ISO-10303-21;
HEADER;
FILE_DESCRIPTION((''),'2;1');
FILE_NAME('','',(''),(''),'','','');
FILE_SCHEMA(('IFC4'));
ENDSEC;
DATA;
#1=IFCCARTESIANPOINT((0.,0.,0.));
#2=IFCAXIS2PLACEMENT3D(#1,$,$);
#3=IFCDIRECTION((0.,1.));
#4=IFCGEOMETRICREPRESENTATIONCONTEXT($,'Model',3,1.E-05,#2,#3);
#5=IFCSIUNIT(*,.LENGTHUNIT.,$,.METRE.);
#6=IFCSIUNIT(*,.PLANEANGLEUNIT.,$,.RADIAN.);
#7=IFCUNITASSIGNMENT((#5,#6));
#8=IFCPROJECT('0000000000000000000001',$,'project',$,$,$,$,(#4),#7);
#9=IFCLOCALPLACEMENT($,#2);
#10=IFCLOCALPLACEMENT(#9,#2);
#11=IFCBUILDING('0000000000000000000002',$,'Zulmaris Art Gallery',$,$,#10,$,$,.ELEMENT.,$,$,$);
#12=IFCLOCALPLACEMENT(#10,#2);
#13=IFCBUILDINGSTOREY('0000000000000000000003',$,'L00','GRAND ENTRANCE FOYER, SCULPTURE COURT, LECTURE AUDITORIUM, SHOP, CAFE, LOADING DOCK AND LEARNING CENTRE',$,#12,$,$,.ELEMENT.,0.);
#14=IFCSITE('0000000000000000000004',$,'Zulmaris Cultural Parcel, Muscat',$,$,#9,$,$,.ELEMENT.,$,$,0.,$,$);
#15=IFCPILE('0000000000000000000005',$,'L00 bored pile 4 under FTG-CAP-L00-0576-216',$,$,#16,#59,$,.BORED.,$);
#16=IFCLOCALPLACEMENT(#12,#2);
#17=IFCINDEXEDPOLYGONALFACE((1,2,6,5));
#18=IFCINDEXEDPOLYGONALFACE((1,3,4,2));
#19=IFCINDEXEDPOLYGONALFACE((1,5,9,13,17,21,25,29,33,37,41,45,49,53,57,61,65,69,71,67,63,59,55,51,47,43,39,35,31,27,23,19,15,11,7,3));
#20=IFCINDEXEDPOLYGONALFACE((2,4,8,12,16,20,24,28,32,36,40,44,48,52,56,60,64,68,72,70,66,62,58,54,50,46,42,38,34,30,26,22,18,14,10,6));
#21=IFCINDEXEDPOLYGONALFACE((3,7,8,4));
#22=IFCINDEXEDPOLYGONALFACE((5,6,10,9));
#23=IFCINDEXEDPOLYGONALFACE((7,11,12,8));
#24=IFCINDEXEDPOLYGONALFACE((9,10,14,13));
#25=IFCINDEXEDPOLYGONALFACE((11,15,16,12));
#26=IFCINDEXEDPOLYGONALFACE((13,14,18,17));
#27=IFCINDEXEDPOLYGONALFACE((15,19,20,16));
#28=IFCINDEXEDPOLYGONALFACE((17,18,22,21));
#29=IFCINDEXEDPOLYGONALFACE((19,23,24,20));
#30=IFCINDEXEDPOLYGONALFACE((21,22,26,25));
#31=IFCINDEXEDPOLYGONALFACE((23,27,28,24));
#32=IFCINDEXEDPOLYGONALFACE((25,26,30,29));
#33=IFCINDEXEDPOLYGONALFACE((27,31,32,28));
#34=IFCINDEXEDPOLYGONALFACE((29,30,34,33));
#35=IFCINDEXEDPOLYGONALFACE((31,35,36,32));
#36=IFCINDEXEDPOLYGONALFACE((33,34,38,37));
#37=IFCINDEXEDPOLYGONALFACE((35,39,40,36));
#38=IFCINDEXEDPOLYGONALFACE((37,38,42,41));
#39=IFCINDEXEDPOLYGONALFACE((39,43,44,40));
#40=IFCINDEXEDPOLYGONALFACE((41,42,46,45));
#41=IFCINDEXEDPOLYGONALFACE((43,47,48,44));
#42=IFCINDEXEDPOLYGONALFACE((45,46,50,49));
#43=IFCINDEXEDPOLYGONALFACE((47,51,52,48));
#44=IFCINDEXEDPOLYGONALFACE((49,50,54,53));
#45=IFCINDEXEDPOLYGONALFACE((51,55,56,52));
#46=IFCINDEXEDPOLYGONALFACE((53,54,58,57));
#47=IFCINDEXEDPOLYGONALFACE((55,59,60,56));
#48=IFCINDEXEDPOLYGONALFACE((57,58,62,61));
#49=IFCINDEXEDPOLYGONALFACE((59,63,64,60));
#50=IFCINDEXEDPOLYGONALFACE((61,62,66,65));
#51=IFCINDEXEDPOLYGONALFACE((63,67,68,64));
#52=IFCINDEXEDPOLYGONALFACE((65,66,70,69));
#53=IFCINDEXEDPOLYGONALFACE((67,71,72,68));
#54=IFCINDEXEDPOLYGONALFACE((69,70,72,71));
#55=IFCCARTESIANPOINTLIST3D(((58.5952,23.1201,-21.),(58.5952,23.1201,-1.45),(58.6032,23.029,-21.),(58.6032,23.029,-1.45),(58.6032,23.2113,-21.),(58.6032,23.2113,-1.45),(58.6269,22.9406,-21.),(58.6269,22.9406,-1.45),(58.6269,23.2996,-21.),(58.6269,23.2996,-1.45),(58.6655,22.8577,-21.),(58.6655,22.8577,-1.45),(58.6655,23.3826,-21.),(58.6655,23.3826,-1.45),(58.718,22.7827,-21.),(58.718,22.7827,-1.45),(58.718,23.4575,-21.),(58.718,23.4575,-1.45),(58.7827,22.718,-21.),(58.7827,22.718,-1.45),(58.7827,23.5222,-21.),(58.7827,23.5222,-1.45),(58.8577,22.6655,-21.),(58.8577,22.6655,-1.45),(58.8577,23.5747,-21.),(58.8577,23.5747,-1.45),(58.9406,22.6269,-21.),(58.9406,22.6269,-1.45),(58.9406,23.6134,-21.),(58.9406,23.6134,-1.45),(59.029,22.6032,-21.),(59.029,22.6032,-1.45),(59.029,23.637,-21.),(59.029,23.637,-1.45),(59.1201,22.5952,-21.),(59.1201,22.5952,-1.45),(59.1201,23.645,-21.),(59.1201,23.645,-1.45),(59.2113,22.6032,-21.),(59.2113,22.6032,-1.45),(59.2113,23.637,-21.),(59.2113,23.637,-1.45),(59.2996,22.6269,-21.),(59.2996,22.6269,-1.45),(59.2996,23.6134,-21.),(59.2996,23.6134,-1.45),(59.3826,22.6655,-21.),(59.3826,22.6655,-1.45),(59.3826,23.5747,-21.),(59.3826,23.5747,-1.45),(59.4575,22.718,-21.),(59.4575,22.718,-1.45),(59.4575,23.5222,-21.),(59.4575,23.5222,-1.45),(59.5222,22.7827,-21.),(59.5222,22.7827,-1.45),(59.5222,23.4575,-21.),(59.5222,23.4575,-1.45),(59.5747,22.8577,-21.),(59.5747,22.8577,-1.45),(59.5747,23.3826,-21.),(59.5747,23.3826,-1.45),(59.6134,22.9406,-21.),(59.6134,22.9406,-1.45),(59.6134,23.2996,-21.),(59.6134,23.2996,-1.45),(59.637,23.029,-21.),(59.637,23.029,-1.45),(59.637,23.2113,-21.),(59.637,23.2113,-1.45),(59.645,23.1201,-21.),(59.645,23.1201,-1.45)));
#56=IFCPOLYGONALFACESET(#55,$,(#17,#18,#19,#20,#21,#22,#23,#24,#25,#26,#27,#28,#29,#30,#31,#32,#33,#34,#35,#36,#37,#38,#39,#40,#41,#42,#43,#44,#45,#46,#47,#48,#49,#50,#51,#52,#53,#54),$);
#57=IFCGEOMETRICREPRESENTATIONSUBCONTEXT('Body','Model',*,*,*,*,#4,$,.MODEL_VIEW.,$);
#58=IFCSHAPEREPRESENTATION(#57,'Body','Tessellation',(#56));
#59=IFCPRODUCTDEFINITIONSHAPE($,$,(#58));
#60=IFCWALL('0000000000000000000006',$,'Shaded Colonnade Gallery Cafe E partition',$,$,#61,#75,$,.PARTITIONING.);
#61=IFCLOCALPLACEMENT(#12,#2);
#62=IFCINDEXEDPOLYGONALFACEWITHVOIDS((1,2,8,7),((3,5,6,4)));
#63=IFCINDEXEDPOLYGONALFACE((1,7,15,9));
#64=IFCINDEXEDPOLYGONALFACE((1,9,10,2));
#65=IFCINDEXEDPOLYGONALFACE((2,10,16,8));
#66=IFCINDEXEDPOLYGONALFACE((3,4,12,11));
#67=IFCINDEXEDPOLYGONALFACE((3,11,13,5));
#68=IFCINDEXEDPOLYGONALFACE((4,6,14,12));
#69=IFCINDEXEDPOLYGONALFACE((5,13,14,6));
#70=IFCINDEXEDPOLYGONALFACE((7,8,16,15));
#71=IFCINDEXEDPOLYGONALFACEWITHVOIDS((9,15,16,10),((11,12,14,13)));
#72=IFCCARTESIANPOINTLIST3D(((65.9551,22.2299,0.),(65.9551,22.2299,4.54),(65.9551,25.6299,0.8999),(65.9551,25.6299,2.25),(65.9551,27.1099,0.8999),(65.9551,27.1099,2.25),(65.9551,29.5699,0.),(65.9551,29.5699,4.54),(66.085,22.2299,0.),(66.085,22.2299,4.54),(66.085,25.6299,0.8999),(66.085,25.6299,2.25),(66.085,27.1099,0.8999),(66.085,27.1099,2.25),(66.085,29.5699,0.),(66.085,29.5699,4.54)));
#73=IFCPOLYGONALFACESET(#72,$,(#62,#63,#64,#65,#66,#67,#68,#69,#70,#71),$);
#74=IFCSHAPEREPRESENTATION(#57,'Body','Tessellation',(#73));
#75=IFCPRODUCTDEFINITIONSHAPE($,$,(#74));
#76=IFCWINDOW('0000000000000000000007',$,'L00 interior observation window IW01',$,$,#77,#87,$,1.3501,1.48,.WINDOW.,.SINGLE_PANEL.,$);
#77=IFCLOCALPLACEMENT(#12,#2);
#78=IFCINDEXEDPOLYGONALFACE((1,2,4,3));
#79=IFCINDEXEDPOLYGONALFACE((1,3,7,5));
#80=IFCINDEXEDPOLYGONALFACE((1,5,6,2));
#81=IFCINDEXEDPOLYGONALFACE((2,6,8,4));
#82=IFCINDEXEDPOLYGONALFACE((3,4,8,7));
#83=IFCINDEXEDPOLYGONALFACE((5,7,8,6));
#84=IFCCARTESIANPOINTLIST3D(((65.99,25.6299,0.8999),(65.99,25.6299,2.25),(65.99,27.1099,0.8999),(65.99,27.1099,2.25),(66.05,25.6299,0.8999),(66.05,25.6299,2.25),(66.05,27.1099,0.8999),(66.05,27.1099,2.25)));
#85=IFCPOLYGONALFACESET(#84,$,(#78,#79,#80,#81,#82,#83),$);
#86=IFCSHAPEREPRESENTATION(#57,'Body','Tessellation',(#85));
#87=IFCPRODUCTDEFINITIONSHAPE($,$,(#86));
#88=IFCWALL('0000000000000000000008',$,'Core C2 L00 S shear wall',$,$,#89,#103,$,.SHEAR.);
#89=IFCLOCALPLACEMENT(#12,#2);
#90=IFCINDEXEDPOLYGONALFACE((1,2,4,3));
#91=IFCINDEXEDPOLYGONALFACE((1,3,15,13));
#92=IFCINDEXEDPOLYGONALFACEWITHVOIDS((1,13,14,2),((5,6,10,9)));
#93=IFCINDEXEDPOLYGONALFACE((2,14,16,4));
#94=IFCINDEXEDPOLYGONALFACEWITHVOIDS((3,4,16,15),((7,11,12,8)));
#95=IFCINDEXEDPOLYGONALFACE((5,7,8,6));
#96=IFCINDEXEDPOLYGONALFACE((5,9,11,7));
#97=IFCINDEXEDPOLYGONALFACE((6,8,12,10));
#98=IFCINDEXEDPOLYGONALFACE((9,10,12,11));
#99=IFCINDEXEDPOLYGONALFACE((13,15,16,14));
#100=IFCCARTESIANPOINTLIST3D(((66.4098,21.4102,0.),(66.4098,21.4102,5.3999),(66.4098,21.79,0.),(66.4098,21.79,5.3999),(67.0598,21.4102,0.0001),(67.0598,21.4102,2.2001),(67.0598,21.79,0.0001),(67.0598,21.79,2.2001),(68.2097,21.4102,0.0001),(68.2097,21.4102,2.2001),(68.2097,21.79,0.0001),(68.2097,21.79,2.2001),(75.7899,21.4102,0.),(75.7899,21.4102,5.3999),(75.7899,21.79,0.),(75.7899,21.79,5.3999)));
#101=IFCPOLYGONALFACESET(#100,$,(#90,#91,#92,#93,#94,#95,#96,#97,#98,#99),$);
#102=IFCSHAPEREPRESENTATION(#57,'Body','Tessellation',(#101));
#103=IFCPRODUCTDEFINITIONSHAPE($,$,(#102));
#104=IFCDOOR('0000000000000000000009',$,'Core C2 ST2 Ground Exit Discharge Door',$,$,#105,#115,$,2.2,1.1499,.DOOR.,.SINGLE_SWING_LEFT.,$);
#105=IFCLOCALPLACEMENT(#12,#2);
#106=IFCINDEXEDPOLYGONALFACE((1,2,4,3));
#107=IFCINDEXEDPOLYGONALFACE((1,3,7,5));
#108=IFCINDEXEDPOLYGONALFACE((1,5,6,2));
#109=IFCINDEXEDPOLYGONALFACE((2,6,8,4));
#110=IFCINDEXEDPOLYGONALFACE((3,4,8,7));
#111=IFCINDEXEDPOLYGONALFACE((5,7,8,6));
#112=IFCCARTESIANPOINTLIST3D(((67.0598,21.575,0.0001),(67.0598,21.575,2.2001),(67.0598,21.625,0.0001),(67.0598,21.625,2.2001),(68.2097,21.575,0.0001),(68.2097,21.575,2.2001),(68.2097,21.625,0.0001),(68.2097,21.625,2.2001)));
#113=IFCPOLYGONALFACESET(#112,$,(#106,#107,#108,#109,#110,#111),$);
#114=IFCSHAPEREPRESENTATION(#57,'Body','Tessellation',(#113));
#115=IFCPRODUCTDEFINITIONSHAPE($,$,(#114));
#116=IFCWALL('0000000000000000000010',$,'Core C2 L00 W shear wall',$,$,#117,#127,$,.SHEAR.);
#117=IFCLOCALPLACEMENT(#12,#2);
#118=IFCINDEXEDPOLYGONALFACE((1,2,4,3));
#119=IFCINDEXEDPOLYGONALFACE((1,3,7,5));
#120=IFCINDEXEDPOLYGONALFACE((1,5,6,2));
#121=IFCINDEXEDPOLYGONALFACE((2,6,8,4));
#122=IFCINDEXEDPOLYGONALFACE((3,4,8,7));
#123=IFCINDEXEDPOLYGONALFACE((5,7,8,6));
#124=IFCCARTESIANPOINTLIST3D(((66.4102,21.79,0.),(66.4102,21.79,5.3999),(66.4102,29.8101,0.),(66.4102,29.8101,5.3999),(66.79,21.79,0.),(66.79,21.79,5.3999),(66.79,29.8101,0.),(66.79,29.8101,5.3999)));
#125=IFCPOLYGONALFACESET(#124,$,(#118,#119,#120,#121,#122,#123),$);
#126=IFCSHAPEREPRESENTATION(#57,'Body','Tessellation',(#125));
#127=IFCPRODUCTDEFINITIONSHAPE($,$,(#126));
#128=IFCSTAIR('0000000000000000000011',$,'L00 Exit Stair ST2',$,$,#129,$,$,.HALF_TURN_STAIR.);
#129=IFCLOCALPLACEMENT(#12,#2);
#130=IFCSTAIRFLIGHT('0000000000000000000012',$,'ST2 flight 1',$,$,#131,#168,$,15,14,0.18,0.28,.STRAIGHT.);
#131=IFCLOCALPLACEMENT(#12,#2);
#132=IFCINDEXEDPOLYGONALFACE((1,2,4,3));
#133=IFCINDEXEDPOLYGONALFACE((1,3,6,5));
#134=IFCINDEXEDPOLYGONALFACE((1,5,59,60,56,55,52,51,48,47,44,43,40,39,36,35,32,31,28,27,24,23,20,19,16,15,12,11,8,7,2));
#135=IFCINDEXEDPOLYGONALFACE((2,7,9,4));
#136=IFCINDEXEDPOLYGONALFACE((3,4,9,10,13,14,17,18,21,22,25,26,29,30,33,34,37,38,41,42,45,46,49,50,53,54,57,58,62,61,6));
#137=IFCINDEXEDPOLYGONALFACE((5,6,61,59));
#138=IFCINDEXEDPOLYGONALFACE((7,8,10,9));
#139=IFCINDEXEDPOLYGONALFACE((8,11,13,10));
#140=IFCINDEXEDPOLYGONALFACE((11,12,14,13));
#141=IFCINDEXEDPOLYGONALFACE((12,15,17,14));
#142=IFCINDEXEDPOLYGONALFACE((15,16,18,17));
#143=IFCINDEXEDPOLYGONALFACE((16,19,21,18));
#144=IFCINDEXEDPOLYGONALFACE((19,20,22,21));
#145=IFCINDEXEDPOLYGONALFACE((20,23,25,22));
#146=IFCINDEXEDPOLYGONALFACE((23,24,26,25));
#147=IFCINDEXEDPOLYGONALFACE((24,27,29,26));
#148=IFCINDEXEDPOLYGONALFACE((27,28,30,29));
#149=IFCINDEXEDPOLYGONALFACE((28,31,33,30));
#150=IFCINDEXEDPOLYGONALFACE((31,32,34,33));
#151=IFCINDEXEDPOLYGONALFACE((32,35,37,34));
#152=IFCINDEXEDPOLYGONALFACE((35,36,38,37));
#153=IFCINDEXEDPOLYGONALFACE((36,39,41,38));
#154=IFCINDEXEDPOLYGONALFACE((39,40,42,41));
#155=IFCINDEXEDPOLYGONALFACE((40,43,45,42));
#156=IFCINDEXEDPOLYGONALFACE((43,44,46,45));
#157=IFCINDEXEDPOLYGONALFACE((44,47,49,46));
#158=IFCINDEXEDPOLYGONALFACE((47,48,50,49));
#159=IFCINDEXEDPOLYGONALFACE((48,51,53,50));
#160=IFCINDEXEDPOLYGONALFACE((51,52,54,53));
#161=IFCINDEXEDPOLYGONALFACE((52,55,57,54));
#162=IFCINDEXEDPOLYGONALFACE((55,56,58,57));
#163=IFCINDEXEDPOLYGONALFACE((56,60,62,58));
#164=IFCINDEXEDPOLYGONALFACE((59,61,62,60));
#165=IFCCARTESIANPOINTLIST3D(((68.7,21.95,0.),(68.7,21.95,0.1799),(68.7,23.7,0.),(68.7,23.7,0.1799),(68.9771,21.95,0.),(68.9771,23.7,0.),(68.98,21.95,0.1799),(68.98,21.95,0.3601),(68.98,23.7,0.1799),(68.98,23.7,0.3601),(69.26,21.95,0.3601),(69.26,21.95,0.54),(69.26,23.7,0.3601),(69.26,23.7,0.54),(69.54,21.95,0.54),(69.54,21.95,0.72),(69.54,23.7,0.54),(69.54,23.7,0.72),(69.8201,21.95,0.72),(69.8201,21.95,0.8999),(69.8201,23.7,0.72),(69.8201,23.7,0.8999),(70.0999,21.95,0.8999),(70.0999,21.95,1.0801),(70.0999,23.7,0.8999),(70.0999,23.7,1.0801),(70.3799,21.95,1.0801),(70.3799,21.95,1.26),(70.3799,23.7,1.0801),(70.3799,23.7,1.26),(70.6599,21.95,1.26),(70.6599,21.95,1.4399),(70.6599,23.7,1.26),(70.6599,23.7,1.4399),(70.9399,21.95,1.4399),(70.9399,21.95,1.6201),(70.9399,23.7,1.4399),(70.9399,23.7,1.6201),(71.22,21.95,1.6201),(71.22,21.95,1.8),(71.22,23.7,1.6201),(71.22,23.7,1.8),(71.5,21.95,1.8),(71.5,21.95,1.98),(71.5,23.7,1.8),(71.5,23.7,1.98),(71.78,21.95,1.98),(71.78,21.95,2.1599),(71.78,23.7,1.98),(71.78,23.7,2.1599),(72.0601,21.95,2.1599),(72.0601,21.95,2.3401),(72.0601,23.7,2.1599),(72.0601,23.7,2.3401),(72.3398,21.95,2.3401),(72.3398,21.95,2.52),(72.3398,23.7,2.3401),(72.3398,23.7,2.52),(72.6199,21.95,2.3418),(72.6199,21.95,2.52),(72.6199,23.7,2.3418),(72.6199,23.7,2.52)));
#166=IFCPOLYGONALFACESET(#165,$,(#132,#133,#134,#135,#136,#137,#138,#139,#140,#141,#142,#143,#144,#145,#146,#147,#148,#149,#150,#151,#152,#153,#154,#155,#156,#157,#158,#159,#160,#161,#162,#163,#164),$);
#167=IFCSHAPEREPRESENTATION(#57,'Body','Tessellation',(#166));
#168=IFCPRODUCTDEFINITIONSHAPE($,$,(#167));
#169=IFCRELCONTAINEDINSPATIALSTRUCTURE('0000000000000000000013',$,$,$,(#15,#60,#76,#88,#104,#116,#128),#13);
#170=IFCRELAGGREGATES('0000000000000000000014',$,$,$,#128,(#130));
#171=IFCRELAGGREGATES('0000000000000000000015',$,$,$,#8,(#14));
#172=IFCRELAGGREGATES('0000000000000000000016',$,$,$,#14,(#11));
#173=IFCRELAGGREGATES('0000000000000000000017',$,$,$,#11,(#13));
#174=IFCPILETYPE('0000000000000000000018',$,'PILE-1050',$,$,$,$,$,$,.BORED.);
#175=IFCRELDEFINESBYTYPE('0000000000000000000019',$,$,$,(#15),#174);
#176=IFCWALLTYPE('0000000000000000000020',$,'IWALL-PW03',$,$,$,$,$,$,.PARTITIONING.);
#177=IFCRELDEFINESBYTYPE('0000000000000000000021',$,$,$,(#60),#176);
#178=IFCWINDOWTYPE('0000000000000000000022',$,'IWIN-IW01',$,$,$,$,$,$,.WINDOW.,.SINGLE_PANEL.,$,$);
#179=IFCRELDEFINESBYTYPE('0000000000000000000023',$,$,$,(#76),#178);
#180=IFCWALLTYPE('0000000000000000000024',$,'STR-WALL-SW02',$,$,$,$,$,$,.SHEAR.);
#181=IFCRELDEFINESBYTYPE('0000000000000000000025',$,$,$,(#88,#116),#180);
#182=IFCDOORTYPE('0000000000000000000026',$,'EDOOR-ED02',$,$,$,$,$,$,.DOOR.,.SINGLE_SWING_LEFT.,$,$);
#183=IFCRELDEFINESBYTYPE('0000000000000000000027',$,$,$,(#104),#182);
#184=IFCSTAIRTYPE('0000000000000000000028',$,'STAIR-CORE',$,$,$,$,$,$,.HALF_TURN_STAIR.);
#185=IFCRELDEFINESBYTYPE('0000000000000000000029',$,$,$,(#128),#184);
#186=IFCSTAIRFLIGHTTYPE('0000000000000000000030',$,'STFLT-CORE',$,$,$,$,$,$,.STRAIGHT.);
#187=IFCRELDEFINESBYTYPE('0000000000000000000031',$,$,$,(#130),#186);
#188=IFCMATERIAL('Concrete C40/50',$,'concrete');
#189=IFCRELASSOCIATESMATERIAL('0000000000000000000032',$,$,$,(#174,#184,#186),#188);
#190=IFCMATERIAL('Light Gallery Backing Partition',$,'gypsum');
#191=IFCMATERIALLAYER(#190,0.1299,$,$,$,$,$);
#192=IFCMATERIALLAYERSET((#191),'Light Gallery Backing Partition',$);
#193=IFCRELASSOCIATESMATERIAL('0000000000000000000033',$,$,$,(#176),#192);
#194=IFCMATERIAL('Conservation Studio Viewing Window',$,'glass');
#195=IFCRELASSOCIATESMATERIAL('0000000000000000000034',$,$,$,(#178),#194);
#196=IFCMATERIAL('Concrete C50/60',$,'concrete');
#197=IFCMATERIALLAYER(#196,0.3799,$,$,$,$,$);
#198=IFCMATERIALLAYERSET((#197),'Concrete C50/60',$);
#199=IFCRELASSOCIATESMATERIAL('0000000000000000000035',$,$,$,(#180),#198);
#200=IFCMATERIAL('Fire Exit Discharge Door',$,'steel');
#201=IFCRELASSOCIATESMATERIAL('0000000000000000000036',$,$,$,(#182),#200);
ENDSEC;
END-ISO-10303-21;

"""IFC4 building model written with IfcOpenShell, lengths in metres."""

from ifc_helpers import new_model, si_unit, direction, frame, frame_2d, origin, origin_2d, place, context, subcontext, project, spatial, polyline, rectangle, circle, outline, extrude, material, layer, layer_set, material_profile, profile_set, type_object, element, fill, aggregate, save


model = new_model("IFC4")

# Units and contexts
model_context = context("Model", 3, precision=1e-05, world=origin(), true_north=direction((0.0, 1.0)))
body_context = subcontext(model_context, "Body", "Model", "MODEL_VIEW")
ifc_project = project(units=[si_unit("LENGTHUNIT", "METRE"), si_unit("PLANEANGLEUNIT", "RADIAN")], contexts=[model_context])

# Site, building, storey
site_placement = place(None, origin())
site = spatial("IfcSite", under=ifc_project, at=site_placement, Name="Zulmaris Cultural Parcel, Muscat", CompositionType="ELEMENT", RefElevation=0.0)
building_placement = place(site_placement, origin())
building = spatial("IfcBuilding", under=site, at=building_placement, Name="Zulmaris Art Gallery", CompositionType="ELEMENT")
storey_placement = place(building_placement, origin())
storey = spatial("IfcBuildingStorey", under=building, at=storey_placement, Name="L00", Description="GRAND ENTRANCE FOYER, SCULPTURE COURT, LECTURE AUDITORIUM, SHOP, CAFE, LOADING DOCK AND LEARNING CENTRE", CompositionType="ELEMENT", Elevation=0.0)

# Pile
ifc_material_1 = material(Name="Concrete C40/50", Category="concrete")
ifc_material_profile = material_profile(ifc_material_1, circle(Radius=0.5249, at=origin_2d()), Name="PILE DIA 1050")
ifc_profile_set = profile_set([ifc_material_profile], Name="Concrete C40/50")
pile_type = type_object("IfcPileType", Name="PILE-1050", PredefinedType="BORED", material=ifc_profile_set)
pile_placement = place(storey_placement, frame((59.1201, 23.1201, -1.45), z_axis=(0.0, 0.0, -1.0), x_axis=(1.0, 0.0, 0.0)))
element("IfcPile", 1, at=pile_placement, inside=storey, type_object=pile_type, Name="L00 bored pile 4 under FTG-CAP-L00-0576-216", PredefinedType="BORED", context=body_context, shape_type="SweptSolid", body=[
    extrude(circle(Radius=0.5249, at=origin_2d()), origin(), (0.0, 0.0, 1.0), 19.55),
])

# Wall, opening, window
ifc_material_2 = material(Name="Light Gallery Backing Partition", Category="gypsum")
ifc_layer_1 = layer(ifc_material_2, 0.1299)
ifc_layer_set_1 = layer_set([ifc_layer_1], Name="Light Gallery Backing Partition")
wall_type_1 = type_object("IfcWallType", Name="IWALL-PW03", PredefinedType="PARTITIONING", material=ifc_layer_set_1)
wall_1_placement = place(storey_placement, frame((66.02, 22.23, 0.0), z_axis=(0.0, 0.0, 1.0), x_axis=(0.0, 1.0, 0.0)))
wall_1 = element("IfcWall", 2, at=wall_1_placement, inside=storey, type_object=wall_type_1, Name="Shaded Colonnade Gallery Cafe E partition", PredefinedType="PARTITIONING", context=body_context, shape_type="SweptSolid", body=[
    extrude(rectangle(XDim=7.3401, YDim=0.1299, at=frame_2d((3.6699, 0.0))), origin(), (0.0, 0.0, 1.0), 4.54),
])
opening_1_placement = place(wall_1_placement, frame((3.3999, 0.0, 0.8999)))
opening_1 = element("IfcOpeningElement", 3, at=opening_1_placement, cuts=wall_1, PredefinedType="OPENING", context=body_context, shape_type="SweptSolid", body=[
    extrude(rectangle(XDim=1.48, YDim=1.3501, at=frame_2d((0.74, 0.675))), frame((0.0, 0.075, 0.0), z_axis=(0.0, -1.0, 0.0), x_axis=(1.0, 0.0, 0.0)), (0.0, 0.0, 1.0), 0.1499),
])
ifc_material_3 = material(Name="Conservation Studio Viewing Window", Category="glass")
window_type = type_object("IfcWindowType", Name="IWIN-IW01", PartitioningType="SINGLE_PANEL", PredefinedType="WINDOW", material=ifc_material_3)
window_placement = place(opening_1_placement, origin())
window = element("IfcWindow", 4, at=window_placement, inside=storey, type_object=window_type, Name="L00 interior observation window IW01", OverallHeight=1.3501, OverallWidth=1.48, PartitioningType="SINGLE_PANEL", PredefinedType="WINDOW", context=body_context, shape_type="SweptSolid", body=[
    extrude(rectangle(XDim=1.48, YDim=1.3501, at=frame_2d((0.74, 0.675))), frame((0.0, 0.03, 0.0), z_axis=(0.0, -1.0, 0.0), x_axis=(1.0, 0.0, 0.0)), (0.0, 0.0, 1.0), 0.0601),
])
fill(opening_1, window)

# Wall, opening, door
ifc_material_4 = material(Name="Concrete C50/60", Category="concrete")
ifc_layer_2 = layer(ifc_material_4, 0.3799)
ifc_layer_set_2 = layer_set([ifc_layer_2], Name="Concrete C50/60")
wall_type_2 = type_object("IfcWallType", Name="STR-WALL-SW02", PredefinedType="SHEAR", material=ifc_layer_set_2)
wall_2_placement = place(storey_placement, frame((66.4099, 21.6001, 0.0), z_axis=(0.0, 0.0, 1.0), x_axis=(1.0, 0.0, 0.0)))
wall_2 = element("IfcWall", 5, at=wall_2_placement, inside=storey, type_object=wall_type_2, Name="Core C2 L00 S shear wall", PredefinedType="SHEAR", context=body_context, shape_type="SweptSolid", body=[
    extrude(rectangle(XDim=9.3801, YDim=0.3799, at=frame_2d((4.6899, 0.0))), origin(), (0.0, 0.0, 1.0), 5.3999),
])
opening_2_placement = place(wall_2_placement, frame((0.6499, 0.0, 0.0)))
opening_2 = element("IfcOpeningElement", 6, at=opening_2_placement, cuts=wall_2, PredefinedType="OPENING", context=body_context, shape_type="SweptSolid", body=[
    extrude(rectangle(XDim=1.1499, YDim=2.2, at=frame_2d((0.575, 1.1001))), frame((0.0, 0.2, 0.0), z_axis=(0.0, -1.0, 0.0), x_axis=(1.0, 0.0, 0.0)), (0.0, 0.0, 1.0), 0.3999),
])
ifc_material_5 = material(Name="Fire Exit Discharge Door", Category="steel")
door_type = type_object("IfcDoorType", Name="EDOOR-ED02", OperationType="SINGLE_SWING_LEFT", PredefinedType="DOOR", material=ifc_material_5)
door_placement = place(opening_2_placement, origin())
door = element("IfcDoor", 7, at=door_placement, inside=storey, type_object=door_type, Name="Core C2 ST2 Ground Exit Discharge Door", OperationType="SINGLE_SWING_LEFT", OverallHeight=2.2, OverallWidth=1.1499, PredefinedType="DOOR", context=body_context, shape_type="SweptSolid", body=[
    extrude(rectangle(XDim=1.1499, YDim=2.2, at=frame_2d((0.575, 1.1001))), frame((0.0, 0.0249, 0.0), z_axis=(0.0, -1.0, 0.0), x_axis=(1.0, 0.0, 0.0)), (0.0, 0.0, 1.0), 0.05),
])
fill(opening_2, door)

# Wall
wall_3_placement = place(storey_placement, frame((66.6001, 21.79, 0.0), z_axis=(0.0, 0.0, 1.0), x_axis=(0.0, 1.0, 0.0)))
element("IfcWall", 8, at=wall_3_placement, inside=storey, type_object=wall_type_2, Name="Core C2 L00 W shear wall", PredefinedType="SHEAR", context=body_context, shape_type="SweptSolid", body=[
    extrude(rectangle(XDim=8.02, YDim=0.3799, at=frame_2d((4.01, 0.0))), origin(), (0.0, 0.0, 1.0), 5.3999),
])

# Stair, stair flight
stair_type = type_object("IfcStairType", Name="STAIR-CORE", PredefinedType="HALF_TURN_STAIR", material=ifc_material_1)
stair_placement = place(storey_placement, origin())
stair = element("IfcStair", 9, at=stair_placement, inside=storey, type_object=stair_type, Name="L00 Exit Stair ST2", PredefinedType="HALF_TURN_STAIR")
stair_flight_type = type_object("IfcStairFlightType", Name="STFLT-CORE", PredefinedType="STRAIGHT", material=ifc_material_1)
stair_flight_1_placement = place(storey_placement, frame((68.7, 22.825, 0.0), z_axis=(0.0, 0.0, 1.0), x_axis=(1.0, 0.0, 0.0)))
stair_flight_1 = element("IfcStairFlight", 10, at=stair_flight_1_placement, type_object=stair_flight_type, Name="ST2 flight 1", NumberOfRisers=15, NumberOfTreads=14, PredefinedType="STRAIGHT", RiserHeight=0.18, TreadLength=0.28, context=body_context, shape_type="SweptSolid", body=[
    extrude(outline(polyline([(0.0, 0.0), (0.0, 0.1799), (0.28, 0.1799), (0.28, 0.3601), (0.5601, 0.3601), (0.5601, 0.54), (0.8401, 0.54), (0.8401, 0.72), (1.1201, 0.72), (1.1201, 0.8999), (1.3999, 0.8999), (1.3999, 1.0801), (1.6799, 1.0801), (1.6799, 1.26), (1.96, 1.26), (1.96, 1.4399), (2.24, 1.4399), (2.24, 1.6201), (2.52, 1.6201), (2.52, 1.8), (2.8, 1.8), (2.8, 1.98), (3.0801, 1.98), (3.0801, 2.1599), (3.3601, 2.1599), (3.3601, 2.3401), (3.6399, 2.3401), (3.6399, 2.52), (3.9199, 2.52), (3.9199, 2.7), (3.9199, 2.3418), (0.2771, 0.0), (0.0, 0.0)])), frame((0.0, 0.875, 0.0), z_axis=(0.0, -1.0, 0.0), x_axis=(1.0, 0.0, 0.0)), (0.0, 0.0, 1.0), 1.75),
])
aggregate(stair, [stair_flight_1])

save(model, "model.ifc")
